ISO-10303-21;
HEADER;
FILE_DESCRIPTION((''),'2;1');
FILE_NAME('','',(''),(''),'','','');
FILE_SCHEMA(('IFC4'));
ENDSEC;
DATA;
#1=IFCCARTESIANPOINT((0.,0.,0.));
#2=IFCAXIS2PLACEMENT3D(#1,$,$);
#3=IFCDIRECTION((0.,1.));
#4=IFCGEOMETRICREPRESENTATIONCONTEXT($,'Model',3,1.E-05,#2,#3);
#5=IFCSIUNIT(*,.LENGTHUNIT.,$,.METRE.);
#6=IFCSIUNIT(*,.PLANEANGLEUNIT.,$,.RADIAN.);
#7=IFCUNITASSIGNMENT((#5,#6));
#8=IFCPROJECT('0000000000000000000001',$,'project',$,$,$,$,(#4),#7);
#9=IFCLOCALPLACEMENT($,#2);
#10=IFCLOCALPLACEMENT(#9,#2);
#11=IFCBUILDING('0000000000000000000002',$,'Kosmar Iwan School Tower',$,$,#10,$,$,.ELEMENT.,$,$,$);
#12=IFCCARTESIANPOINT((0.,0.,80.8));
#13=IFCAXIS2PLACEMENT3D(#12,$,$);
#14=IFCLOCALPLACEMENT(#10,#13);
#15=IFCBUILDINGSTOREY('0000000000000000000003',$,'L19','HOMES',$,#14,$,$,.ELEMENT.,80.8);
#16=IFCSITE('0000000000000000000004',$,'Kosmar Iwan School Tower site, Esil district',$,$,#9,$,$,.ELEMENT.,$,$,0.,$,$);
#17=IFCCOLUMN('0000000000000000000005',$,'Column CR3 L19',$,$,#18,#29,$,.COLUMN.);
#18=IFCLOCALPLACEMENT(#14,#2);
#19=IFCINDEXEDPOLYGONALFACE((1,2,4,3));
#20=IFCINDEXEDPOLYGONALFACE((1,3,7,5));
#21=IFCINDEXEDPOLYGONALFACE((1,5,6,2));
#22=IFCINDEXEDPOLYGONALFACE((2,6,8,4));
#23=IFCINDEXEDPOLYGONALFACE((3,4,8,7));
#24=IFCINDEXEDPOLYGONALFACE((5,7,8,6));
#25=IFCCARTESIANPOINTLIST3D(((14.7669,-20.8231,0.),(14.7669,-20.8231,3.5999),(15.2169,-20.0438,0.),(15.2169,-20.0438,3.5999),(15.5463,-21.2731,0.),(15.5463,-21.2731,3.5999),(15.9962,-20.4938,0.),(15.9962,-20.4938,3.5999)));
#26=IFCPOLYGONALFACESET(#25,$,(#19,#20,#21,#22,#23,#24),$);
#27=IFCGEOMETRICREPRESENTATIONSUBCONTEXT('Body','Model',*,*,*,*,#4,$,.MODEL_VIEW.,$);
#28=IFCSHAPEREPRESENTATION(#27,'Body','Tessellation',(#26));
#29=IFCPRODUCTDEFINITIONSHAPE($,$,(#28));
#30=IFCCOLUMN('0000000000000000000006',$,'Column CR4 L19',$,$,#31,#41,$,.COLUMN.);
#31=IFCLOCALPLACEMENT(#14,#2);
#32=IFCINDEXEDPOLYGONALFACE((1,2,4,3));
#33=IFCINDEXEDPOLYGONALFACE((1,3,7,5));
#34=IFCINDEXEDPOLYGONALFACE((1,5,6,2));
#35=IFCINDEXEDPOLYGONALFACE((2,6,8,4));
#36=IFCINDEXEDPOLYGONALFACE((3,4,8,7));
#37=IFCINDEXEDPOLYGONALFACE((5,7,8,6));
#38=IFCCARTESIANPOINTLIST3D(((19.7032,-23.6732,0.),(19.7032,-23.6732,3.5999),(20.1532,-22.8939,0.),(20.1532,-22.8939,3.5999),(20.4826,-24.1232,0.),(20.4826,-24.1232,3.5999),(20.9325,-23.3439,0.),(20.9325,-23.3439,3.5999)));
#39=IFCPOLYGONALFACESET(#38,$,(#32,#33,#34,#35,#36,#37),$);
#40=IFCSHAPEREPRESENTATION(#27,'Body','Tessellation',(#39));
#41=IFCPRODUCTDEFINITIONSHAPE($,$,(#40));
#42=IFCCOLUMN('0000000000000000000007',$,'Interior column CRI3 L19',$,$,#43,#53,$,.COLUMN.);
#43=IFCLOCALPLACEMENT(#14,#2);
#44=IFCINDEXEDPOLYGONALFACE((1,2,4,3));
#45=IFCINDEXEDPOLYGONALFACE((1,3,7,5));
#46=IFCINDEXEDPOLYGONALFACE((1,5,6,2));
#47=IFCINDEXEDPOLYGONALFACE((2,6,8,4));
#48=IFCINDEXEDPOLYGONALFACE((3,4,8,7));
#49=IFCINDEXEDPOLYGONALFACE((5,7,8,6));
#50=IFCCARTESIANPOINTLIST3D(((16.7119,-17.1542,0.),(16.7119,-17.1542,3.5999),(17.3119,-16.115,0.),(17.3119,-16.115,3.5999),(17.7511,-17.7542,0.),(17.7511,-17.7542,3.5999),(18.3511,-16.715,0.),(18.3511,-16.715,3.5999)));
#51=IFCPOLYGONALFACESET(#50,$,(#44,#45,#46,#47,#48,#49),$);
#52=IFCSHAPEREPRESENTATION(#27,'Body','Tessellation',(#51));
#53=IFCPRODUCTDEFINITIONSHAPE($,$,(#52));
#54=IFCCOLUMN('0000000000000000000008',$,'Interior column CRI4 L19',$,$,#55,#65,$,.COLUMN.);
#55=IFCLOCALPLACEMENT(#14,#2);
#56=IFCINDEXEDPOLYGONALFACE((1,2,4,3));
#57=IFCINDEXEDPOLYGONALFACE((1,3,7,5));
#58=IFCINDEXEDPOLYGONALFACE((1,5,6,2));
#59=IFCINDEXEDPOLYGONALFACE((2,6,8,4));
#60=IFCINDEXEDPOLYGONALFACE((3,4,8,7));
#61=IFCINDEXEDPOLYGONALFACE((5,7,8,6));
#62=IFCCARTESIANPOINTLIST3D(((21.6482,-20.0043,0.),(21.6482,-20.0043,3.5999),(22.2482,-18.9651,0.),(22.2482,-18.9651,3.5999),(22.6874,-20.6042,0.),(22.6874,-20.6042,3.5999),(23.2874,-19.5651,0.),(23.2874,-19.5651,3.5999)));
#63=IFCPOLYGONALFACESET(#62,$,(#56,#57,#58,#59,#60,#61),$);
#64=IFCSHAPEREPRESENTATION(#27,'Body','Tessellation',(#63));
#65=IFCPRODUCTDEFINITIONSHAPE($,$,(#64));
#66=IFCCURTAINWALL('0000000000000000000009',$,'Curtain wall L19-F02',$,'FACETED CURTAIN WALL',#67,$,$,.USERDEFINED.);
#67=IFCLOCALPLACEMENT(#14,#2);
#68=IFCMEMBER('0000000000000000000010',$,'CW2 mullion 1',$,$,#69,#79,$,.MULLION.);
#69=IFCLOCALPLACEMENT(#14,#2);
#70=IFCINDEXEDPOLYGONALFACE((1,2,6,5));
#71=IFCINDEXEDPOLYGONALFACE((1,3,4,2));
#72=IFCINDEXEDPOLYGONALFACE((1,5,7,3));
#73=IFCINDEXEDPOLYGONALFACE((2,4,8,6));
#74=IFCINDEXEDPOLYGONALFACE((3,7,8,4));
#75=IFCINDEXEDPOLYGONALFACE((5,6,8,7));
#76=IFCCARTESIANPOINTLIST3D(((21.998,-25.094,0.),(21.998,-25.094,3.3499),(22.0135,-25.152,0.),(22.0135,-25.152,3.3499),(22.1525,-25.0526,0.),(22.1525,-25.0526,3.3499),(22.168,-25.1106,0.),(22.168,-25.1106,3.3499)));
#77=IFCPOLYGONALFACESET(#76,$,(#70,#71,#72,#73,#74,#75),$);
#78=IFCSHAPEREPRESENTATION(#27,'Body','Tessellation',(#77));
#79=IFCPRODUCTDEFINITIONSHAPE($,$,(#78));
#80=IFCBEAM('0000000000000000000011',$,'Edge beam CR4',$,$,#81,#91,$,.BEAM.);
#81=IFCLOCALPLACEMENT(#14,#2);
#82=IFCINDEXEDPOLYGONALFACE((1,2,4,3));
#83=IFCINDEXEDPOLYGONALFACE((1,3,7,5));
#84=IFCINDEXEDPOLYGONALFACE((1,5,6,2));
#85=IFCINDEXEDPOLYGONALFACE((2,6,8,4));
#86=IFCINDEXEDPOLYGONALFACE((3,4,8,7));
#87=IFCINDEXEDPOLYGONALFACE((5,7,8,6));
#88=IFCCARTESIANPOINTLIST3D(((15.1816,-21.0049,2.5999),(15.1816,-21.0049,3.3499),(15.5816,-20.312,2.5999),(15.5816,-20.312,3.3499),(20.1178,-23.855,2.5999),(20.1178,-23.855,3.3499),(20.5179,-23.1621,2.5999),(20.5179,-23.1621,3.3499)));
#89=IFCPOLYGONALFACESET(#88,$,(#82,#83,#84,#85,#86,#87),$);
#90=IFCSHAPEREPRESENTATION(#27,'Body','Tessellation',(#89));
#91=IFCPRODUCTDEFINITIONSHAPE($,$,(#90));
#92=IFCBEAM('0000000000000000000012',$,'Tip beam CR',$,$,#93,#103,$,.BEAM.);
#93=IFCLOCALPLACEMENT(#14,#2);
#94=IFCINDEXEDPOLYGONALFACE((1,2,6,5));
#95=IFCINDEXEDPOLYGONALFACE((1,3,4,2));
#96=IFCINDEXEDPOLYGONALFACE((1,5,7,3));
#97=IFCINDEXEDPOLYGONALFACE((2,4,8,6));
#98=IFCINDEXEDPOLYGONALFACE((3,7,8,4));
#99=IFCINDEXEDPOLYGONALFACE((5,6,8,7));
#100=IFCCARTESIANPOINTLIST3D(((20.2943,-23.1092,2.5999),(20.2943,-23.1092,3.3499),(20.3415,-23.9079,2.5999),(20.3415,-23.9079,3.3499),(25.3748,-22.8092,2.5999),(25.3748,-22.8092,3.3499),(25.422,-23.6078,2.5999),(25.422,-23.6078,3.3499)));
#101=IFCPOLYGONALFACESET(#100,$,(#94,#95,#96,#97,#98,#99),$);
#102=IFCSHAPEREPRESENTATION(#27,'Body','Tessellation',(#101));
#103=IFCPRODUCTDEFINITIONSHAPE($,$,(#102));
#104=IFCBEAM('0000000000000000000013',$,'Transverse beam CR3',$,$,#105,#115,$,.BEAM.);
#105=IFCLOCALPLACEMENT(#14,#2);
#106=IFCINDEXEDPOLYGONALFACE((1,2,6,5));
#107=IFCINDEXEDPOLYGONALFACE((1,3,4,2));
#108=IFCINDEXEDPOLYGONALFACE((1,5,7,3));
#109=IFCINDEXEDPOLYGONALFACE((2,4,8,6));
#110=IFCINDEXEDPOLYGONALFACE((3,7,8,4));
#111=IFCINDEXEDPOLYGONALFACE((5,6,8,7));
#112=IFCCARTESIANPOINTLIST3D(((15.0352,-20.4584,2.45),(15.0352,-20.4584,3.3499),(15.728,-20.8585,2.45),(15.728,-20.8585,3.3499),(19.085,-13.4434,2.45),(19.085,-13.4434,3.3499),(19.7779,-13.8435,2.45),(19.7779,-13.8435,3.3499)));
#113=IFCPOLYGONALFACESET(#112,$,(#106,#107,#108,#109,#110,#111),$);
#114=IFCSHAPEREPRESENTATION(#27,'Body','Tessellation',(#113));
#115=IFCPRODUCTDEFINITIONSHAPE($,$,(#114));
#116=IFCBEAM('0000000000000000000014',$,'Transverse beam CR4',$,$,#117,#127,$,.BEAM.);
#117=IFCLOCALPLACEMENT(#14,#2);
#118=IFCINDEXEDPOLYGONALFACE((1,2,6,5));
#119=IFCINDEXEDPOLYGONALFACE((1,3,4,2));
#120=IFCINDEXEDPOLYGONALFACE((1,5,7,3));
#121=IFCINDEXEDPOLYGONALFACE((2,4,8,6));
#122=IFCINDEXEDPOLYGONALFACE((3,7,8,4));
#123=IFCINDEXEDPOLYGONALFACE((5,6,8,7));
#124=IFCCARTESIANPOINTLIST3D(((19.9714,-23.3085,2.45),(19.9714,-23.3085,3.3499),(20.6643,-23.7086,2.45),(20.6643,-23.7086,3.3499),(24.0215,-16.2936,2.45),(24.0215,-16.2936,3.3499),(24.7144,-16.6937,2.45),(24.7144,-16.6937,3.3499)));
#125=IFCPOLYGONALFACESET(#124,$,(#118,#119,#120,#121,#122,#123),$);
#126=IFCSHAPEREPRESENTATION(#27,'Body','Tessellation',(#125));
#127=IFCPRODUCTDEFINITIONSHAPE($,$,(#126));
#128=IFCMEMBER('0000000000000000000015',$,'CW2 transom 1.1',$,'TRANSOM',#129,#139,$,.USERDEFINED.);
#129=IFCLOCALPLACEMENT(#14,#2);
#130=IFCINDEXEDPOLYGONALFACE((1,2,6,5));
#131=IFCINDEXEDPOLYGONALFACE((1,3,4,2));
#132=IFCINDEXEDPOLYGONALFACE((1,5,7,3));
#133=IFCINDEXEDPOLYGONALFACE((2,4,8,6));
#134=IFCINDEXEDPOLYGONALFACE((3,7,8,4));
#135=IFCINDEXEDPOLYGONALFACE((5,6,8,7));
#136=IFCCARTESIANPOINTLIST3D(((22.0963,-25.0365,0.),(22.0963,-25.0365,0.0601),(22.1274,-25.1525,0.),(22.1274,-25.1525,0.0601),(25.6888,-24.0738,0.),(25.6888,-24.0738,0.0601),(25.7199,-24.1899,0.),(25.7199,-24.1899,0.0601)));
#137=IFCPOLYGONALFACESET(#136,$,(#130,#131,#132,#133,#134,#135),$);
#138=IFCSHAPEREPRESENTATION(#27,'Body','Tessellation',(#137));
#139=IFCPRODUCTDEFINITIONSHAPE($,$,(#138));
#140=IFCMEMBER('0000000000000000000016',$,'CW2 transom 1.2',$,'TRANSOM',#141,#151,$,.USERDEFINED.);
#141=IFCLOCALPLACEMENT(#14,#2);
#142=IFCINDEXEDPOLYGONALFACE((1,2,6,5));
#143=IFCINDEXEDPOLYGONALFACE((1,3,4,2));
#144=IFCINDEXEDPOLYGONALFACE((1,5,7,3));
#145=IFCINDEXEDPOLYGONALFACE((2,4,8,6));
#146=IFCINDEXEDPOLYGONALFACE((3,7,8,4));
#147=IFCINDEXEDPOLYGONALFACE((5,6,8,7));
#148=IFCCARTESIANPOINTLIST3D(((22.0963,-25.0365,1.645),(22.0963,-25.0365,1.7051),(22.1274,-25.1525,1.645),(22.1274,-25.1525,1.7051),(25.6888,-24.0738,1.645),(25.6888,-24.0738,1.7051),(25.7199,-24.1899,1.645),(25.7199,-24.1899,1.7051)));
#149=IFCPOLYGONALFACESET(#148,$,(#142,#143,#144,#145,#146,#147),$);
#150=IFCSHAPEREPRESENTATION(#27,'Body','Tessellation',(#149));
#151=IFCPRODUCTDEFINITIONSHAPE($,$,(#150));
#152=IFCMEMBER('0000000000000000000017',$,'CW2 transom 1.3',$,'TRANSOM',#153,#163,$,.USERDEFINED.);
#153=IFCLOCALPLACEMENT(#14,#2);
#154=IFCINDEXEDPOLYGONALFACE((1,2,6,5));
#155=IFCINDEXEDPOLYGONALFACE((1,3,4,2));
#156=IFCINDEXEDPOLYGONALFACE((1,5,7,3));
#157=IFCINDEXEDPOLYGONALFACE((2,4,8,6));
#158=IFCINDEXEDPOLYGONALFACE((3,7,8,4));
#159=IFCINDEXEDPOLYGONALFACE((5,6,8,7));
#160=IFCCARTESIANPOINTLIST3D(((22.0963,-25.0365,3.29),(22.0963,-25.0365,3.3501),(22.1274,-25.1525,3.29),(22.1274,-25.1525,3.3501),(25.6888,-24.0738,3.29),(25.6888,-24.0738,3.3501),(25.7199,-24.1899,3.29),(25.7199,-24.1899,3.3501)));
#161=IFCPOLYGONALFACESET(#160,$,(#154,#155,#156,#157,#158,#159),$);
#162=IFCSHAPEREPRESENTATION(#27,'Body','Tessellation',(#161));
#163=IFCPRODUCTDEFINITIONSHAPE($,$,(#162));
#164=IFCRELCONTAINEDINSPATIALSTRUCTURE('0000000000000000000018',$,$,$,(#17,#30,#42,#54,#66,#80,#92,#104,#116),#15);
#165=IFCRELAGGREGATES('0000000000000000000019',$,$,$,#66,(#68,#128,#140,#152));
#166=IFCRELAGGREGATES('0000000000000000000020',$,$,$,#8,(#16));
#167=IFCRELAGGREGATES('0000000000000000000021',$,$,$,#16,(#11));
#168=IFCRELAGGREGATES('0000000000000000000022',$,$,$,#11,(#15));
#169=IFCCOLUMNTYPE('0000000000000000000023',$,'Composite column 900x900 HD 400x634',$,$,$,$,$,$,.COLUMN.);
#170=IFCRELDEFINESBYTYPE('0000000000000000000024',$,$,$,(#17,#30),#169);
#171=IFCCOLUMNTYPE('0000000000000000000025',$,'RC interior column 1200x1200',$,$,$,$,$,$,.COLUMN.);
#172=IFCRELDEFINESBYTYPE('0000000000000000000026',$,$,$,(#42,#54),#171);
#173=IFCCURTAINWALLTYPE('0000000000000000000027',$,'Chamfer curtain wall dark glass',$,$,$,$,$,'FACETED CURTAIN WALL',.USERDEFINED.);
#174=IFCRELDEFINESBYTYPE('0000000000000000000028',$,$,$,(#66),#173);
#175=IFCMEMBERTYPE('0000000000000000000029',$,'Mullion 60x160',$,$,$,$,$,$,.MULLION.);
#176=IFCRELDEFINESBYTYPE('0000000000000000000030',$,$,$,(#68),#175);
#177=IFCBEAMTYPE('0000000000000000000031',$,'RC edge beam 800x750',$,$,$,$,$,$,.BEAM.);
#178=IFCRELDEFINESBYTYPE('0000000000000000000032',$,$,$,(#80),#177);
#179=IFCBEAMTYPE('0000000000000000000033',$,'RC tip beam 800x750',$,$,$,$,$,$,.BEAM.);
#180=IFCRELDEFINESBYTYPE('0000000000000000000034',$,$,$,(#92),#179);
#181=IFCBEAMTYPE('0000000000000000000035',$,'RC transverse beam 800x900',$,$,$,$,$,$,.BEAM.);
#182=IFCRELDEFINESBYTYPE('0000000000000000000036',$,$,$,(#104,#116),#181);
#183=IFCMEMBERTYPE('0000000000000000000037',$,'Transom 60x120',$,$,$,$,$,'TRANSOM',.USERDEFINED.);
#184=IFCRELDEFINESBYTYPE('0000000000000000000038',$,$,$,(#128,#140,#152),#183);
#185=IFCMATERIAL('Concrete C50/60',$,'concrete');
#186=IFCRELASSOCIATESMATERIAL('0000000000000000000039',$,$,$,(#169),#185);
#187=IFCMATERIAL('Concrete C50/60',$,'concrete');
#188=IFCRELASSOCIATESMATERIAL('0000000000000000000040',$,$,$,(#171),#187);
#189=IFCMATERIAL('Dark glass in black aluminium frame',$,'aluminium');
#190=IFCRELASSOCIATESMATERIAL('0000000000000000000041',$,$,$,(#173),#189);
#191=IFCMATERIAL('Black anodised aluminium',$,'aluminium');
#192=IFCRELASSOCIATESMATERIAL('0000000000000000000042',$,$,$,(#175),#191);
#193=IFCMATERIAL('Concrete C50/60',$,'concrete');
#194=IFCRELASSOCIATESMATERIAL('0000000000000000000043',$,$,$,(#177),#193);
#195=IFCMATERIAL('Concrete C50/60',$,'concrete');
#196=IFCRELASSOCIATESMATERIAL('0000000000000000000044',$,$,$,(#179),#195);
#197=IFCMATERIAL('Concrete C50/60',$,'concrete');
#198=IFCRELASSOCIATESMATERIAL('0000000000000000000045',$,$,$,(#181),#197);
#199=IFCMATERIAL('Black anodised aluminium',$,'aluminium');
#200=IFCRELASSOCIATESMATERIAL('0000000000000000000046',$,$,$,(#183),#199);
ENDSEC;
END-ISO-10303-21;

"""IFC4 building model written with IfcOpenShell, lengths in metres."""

from ifc_helpers import new_model, si_unit, direction, frame, origin, origin_2d, place, context, subcontext, project, spatial, rectangle, extrude, material, material_profile, profile_set, type_object, element, aggregate, save


model = new_model("IFC4")

# Units and contexts
model_context = context("Model", 3, precision=1e-05, world=origin(), true_north=direction((0.0, 1.0)))
body_context = subcontext(model_context, "Body", "Model", "MODEL_VIEW")
ifc_project = project(units=[si_unit("LENGTHUNIT", "METRE"), si_unit("PLANEANGLEUNIT", "RADIAN")], contexts=[model_context])

# Site, building, storey
site_placement = place(None, origin())
site = spatial("IfcSite", under=ifc_project, at=site_placement, Name="Kosmar Iwan School Tower site, Esil district", CompositionType="ELEMENT", RefElevation=0.0)
building_placement = place(site_placement, origin())
building = spatial("IfcBuilding", under=site, at=building_placement, Name="Kosmar Iwan School Tower", CompositionType="ELEMENT")
storey_placement = place(building_placement, frame((0.0, 0.0, 80.8)))
storey = spatial("IfcBuildingStorey", under=building, at=storey_placement, Name="L19", Description="HOMES", CompositionType="ELEMENT", Elevation=80.8)

# Columns
ifc_material_1 = material(Name="Concrete C50/60", Category="concrete")
ifc_material_profile_1 = material_profile(ifc_material_1, rectangle(XDim=0.8999, YDim=0.8999, at=origin_2d()), Name="RC 900x900 + HD 400x634")
ifc_profile_set_1 = profile_set([ifc_material_profile_1], Name="Concrete C50/60")
column_type_1 = type_object("IfcColumnType", Name="Composite column 900x900 HD 400x634", PredefinedType="COLUMN", material=ifc_profile_set_1)
for number, where, z_axis, x_axis, name in (
    (1, (15.3816, -20.6584, 0.0), (0.0, 0.0, 1.0), (0.866025, -0.5, 0.0), "Column CR3 L19"),
    (2, (20.3179, -23.5085, 0.0), (0.0, 0.0, 1.0), (0.866025, -0.5, 0.0), "Column CR4 L19"),
):
    element("IfcColumn", number, at=place(storey_placement, frame(where, z_axis=z_axis, x_axis=x_axis)), inside=storey, type_object=column_type_1, Name=name, PredefinedType="COLUMN", context=body_context, shape_type="SweptSolid", body=[
        extrude(rectangle(XDim=0.8999, YDim=0.8999, at=origin_2d()), origin(), (0.0, 0.0, 1.0), 3.5999),
    ])
ifc_material_2 = material(Name="Concrete C50/60", Category="concrete")
ifc_material_profile_2 = material_profile(ifc_material_2, rectangle(XDim=1.2, YDim=1.2, at=origin_2d()), Name="RC 1200x1200")
ifc_profile_set_2 = profile_set([ifc_material_profile_2], Name="Concrete C50/60")
column_type_2 = type_object("IfcColumnType", Name="RC interior column 1200x1200", PredefinedType="COLUMN", material=ifc_profile_set_2)
for number, where, z_axis, x_axis, name in (
    (3, (17.5315, -16.9346, 0.0), (0.0, 0.0, 1.0), (0.866025, -0.5, 0.0), "Interior column CRI3 L19"),
    (4, (22.4678, -19.7847, 0.0), (0.0, 0.0, 1.0), (0.866025, -0.5, 0.0), "Interior column CRI4 L19"),
):
    element("IfcColumn", number, at=place(storey_placement, frame(where, z_axis=z_axis, x_axis=x_axis)), inside=storey, type_object=column_type_2, Name=name, PredefinedType="COLUMN", context=body_context, shape_type="SweptSolid", body=[
        extrude(rectangle(XDim=1.2, YDim=1.2, at=origin_2d()), origin(), (0.0, 0.0, 1.0), 3.5999),
    ])

# Curtain wall, member
ifc_material_3 = material(Name="Dark glass in black aluminium frame", Category="aluminium")
curtain_wall_type = type_object("IfcCurtainWallType", Name="Chamfer curtain wall dark glass", ElementType="FACETED CURTAIN WALL", PredefinedType="USERDEFINED", material=ifc_material_3)
curtain_wall_placement = place(storey_placement, origin())
curtain_wall = element("IfcCurtainWall", 5, at=curtain_wall_placement, inside=storey, type_object=curtain_wall_type, Name="Curtain wall L19-F02", ObjectType="FACETED CURTAIN WALL", PredefinedType="USERDEFINED")
ifc_material_4 = material(Name="Black anodised aluminium", Category="aluminium")
ifc_material_profile_3 = material_profile(ifc_material_4, rectangle(XDim=0.0601, YDim=0.1599, at=origin_2d()), Name="MULLION 60x160")
ifc_profile_set_3 = profile_set([ifc_material_profile_3], Name="Black anodised aluminium")
member_type_1 = type_object("IfcMemberType", Name="Mullion 60x160", PredefinedType="MULLION", material=ifc_profile_set_3)
member_1_placement = place(storey_placement, frame((22.083, -25.1023, 0.0), z_axis=(0.0, 0.0, 1.0), x_axis=(-0.258819, 0.965926, 0.0)))
member_1 = element("IfcMember", 6, at=member_1_placement, type_object=member_type_1, Name="CW2 mullion 1", PredefinedType="MULLION", context=body_context, shape_type="SweptSolid", body=[
    extrude(rectangle(XDim=0.0601, YDim=0.1599, at=origin_2d()), origin(), (0.0, 0.0, 1.0), 3.3499),
])

# Beams
ifc_material_5 = material(Name="Concrete C50/60", Category="concrete")
ifc_material_profile_4 = material_profile(ifc_material_5, rectangle(XDim=0.8, YDim=0.75, at=origin_2d()), Name="RC 800x750")
ifc_profile_set_4 = profile_set([ifc_material_profile_4], Name="Concrete C50/60")
beam_type_1 = type_object("IfcBeamType", Name="RC edge beam 800x750", PredefinedType="BEAM", material=ifc_profile_set_4)
beam_1_placement = place(storey_placement, frame((15.3816, -20.6584, 2.9749), z_axis=(0.866015, -0.500018, 0.0), x_axis=(0.500018, 0.866015, 0.0)))
element("IfcBeam", 7, at=beam_1_placement, inside=storey, type_object=beam_type_1, Name="Edge beam CR4", PredefinedType="BEAM", context=body_context, shape_type="SweptSolid", body=[
    extrude(rectangle(XDim=0.8, YDim=0.75, at=origin_2d()), origin(), (0.0, 0.0, 1.0), 5.7),
])
ifc_material_6 = material(Name="Concrete C50/60", Category="concrete")
ifc_material_profile_5 = material_profile(ifc_material_6, rectangle(XDim=0.8, YDim=0.75, at=origin_2d()), Name="RC 800x750")
ifc_profile_set_5 = profile_set([ifc_material_profile_5], Name="Concrete C50/60")
beam_type_2 = type_object("IfcBeamType", Name="RC tip beam 800x750", PredefinedType="BEAM", material=ifc_profile_set_5)
beam_2_placement = place(storey_placement, frame((20.3179, -23.5085, 2.9749), z_axis=(0.998261, 0.058955, 0.0), x_axis=(-0.058955, 0.998261, 0.0)))
element("IfcBeam", 8, at=beam_2_placement, inside=storey, type_object=beam_type_2, Name="Tip beam CR", PredefinedType="BEAM", context=body_context, shape_type="SweptSolid", body=[
    extrude(rectangle(XDim=0.8, YDim=0.75, at=origin_2d()), origin(), (0.0, 0.0, 1.0), 5.0894),
])
ifc_material_7 = material(Name="Concrete C50/60", Category="concrete")
ifc_material_profile_6 = material_profile(ifc_material_7, rectangle(XDim=0.8, YDim=0.8999, at=origin_2d()), Name="RC 800x900")
ifc_profile_set_6 = profile_set([ifc_material_profile_6], Name="Concrete C50/60")
beam_type_3 = type_object("IfcBeamType", Name="RC transverse beam 800x900", PredefinedType="BEAM", material=ifc_profile_set_6)
for number, where, z_axis, x_axis, name in (
    (9, (15.3816, -20.6584, 2.8999), (0.499977, 0.866039, 0.0), (-0.866039, 0.499977, 0.0), "Transverse beam CR3"),
    (10, (20.3179, -23.5085, 2.8999), (0.5, 0.866025, 0.0), (-0.866025, 0.5, 0.0), "Transverse beam CR4"),
):
    element("IfcBeam", number, at=place(storey_placement, frame(where, z_axis=z_axis, x_axis=x_axis)), inside=storey, type_object=beam_type_3, Name=name, PredefinedType="BEAM", context=body_context, shape_type="SweptSolid", body=[
        extrude(rectangle(XDim=0.8, YDim=0.8999, at=origin_2d()), origin(), (0.0, 0.0, 1.0), 8.1001),
    ])

# Members
ifc_material_8 = material(Name="Black anodised aluminium", Category="aluminium")
ifc_material_profile_7 = material_profile(ifc_material_8, rectangle(XDim=0.1201, YDim=0.0601, at=origin_2d()), Name="TRANSOM 60x120")
ifc_profile_set_7 = profile_set([ifc_material_profile_7], Name="Black anodised aluminium")
member_type_2 = type_object("IfcMemberType", Name="Transom 60x120", ElementType="TRANSOM", PredefinedType="USERDEFINED", material=ifc_profile_set_7)
member_2_placement = place(storey_placement, frame((22.1118, -25.0945, 0.03), z_axis=(0.965924, 0.258827, 0.0), x_axis=(-0.258827, 0.965924, 0.0)))
member_2 = element("IfcMember", 11, at=member_2_placement, type_object=member_type_2, Name="CW2 transom 1.1", ObjectType="TRANSOM", PredefinedType="USERDEFINED", context=body_context, shape_type="SweptSolid", body=[
    extrude(rectangle(XDim=0.1201, YDim=0.0601, at=origin_2d()), origin(), (0.0, 0.0, 1.0), 3.7192),
])
member_3_placement = place(storey_placement, frame((22.1118, -25.0945, 1.675), z_axis=(0.965924, 0.258827, 0.0), x_axis=(-0.258827, 0.965924, 0.0)))
member_3 = element("IfcMember", 12, at=member_3_placement, type_object=member_type_2, Name="CW2 transom 1.2", ObjectType="TRANSOM", PredefinedType="USERDEFINED", context=body_context, shape_type="SweptSolid", body=[
    extrude(rectangle(XDim=0.1201, YDim=0.0601, at=origin_2d()), origin(), (0.0, 0.0, 1.0), 3.7192),
])
member_4_placement = place(storey_placement, frame((22.1118, -25.0945, 3.3201), z_axis=(0.965924, 0.258827, 0.0), x_axis=(-0.258827, 0.965924, 0.0)))
member_4 = element("IfcMember", 13, at=member_4_placement, type_object=member_type_2, Name="CW2 transom 1.3", ObjectType="TRANSOM", PredefinedType="USERDEFINED", context=body_context, shape_type="SweptSolid", body=[
    extrude(rectangle(XDim=0.1201, YDim=0.0601, at=origin_2d()), origin(), (0.0, 0.0, 1.0), 3.7192),
])
aggregate(curtain_wall, [member_1, member_2, member_3, member_4])

save(model, "model.ifc")
